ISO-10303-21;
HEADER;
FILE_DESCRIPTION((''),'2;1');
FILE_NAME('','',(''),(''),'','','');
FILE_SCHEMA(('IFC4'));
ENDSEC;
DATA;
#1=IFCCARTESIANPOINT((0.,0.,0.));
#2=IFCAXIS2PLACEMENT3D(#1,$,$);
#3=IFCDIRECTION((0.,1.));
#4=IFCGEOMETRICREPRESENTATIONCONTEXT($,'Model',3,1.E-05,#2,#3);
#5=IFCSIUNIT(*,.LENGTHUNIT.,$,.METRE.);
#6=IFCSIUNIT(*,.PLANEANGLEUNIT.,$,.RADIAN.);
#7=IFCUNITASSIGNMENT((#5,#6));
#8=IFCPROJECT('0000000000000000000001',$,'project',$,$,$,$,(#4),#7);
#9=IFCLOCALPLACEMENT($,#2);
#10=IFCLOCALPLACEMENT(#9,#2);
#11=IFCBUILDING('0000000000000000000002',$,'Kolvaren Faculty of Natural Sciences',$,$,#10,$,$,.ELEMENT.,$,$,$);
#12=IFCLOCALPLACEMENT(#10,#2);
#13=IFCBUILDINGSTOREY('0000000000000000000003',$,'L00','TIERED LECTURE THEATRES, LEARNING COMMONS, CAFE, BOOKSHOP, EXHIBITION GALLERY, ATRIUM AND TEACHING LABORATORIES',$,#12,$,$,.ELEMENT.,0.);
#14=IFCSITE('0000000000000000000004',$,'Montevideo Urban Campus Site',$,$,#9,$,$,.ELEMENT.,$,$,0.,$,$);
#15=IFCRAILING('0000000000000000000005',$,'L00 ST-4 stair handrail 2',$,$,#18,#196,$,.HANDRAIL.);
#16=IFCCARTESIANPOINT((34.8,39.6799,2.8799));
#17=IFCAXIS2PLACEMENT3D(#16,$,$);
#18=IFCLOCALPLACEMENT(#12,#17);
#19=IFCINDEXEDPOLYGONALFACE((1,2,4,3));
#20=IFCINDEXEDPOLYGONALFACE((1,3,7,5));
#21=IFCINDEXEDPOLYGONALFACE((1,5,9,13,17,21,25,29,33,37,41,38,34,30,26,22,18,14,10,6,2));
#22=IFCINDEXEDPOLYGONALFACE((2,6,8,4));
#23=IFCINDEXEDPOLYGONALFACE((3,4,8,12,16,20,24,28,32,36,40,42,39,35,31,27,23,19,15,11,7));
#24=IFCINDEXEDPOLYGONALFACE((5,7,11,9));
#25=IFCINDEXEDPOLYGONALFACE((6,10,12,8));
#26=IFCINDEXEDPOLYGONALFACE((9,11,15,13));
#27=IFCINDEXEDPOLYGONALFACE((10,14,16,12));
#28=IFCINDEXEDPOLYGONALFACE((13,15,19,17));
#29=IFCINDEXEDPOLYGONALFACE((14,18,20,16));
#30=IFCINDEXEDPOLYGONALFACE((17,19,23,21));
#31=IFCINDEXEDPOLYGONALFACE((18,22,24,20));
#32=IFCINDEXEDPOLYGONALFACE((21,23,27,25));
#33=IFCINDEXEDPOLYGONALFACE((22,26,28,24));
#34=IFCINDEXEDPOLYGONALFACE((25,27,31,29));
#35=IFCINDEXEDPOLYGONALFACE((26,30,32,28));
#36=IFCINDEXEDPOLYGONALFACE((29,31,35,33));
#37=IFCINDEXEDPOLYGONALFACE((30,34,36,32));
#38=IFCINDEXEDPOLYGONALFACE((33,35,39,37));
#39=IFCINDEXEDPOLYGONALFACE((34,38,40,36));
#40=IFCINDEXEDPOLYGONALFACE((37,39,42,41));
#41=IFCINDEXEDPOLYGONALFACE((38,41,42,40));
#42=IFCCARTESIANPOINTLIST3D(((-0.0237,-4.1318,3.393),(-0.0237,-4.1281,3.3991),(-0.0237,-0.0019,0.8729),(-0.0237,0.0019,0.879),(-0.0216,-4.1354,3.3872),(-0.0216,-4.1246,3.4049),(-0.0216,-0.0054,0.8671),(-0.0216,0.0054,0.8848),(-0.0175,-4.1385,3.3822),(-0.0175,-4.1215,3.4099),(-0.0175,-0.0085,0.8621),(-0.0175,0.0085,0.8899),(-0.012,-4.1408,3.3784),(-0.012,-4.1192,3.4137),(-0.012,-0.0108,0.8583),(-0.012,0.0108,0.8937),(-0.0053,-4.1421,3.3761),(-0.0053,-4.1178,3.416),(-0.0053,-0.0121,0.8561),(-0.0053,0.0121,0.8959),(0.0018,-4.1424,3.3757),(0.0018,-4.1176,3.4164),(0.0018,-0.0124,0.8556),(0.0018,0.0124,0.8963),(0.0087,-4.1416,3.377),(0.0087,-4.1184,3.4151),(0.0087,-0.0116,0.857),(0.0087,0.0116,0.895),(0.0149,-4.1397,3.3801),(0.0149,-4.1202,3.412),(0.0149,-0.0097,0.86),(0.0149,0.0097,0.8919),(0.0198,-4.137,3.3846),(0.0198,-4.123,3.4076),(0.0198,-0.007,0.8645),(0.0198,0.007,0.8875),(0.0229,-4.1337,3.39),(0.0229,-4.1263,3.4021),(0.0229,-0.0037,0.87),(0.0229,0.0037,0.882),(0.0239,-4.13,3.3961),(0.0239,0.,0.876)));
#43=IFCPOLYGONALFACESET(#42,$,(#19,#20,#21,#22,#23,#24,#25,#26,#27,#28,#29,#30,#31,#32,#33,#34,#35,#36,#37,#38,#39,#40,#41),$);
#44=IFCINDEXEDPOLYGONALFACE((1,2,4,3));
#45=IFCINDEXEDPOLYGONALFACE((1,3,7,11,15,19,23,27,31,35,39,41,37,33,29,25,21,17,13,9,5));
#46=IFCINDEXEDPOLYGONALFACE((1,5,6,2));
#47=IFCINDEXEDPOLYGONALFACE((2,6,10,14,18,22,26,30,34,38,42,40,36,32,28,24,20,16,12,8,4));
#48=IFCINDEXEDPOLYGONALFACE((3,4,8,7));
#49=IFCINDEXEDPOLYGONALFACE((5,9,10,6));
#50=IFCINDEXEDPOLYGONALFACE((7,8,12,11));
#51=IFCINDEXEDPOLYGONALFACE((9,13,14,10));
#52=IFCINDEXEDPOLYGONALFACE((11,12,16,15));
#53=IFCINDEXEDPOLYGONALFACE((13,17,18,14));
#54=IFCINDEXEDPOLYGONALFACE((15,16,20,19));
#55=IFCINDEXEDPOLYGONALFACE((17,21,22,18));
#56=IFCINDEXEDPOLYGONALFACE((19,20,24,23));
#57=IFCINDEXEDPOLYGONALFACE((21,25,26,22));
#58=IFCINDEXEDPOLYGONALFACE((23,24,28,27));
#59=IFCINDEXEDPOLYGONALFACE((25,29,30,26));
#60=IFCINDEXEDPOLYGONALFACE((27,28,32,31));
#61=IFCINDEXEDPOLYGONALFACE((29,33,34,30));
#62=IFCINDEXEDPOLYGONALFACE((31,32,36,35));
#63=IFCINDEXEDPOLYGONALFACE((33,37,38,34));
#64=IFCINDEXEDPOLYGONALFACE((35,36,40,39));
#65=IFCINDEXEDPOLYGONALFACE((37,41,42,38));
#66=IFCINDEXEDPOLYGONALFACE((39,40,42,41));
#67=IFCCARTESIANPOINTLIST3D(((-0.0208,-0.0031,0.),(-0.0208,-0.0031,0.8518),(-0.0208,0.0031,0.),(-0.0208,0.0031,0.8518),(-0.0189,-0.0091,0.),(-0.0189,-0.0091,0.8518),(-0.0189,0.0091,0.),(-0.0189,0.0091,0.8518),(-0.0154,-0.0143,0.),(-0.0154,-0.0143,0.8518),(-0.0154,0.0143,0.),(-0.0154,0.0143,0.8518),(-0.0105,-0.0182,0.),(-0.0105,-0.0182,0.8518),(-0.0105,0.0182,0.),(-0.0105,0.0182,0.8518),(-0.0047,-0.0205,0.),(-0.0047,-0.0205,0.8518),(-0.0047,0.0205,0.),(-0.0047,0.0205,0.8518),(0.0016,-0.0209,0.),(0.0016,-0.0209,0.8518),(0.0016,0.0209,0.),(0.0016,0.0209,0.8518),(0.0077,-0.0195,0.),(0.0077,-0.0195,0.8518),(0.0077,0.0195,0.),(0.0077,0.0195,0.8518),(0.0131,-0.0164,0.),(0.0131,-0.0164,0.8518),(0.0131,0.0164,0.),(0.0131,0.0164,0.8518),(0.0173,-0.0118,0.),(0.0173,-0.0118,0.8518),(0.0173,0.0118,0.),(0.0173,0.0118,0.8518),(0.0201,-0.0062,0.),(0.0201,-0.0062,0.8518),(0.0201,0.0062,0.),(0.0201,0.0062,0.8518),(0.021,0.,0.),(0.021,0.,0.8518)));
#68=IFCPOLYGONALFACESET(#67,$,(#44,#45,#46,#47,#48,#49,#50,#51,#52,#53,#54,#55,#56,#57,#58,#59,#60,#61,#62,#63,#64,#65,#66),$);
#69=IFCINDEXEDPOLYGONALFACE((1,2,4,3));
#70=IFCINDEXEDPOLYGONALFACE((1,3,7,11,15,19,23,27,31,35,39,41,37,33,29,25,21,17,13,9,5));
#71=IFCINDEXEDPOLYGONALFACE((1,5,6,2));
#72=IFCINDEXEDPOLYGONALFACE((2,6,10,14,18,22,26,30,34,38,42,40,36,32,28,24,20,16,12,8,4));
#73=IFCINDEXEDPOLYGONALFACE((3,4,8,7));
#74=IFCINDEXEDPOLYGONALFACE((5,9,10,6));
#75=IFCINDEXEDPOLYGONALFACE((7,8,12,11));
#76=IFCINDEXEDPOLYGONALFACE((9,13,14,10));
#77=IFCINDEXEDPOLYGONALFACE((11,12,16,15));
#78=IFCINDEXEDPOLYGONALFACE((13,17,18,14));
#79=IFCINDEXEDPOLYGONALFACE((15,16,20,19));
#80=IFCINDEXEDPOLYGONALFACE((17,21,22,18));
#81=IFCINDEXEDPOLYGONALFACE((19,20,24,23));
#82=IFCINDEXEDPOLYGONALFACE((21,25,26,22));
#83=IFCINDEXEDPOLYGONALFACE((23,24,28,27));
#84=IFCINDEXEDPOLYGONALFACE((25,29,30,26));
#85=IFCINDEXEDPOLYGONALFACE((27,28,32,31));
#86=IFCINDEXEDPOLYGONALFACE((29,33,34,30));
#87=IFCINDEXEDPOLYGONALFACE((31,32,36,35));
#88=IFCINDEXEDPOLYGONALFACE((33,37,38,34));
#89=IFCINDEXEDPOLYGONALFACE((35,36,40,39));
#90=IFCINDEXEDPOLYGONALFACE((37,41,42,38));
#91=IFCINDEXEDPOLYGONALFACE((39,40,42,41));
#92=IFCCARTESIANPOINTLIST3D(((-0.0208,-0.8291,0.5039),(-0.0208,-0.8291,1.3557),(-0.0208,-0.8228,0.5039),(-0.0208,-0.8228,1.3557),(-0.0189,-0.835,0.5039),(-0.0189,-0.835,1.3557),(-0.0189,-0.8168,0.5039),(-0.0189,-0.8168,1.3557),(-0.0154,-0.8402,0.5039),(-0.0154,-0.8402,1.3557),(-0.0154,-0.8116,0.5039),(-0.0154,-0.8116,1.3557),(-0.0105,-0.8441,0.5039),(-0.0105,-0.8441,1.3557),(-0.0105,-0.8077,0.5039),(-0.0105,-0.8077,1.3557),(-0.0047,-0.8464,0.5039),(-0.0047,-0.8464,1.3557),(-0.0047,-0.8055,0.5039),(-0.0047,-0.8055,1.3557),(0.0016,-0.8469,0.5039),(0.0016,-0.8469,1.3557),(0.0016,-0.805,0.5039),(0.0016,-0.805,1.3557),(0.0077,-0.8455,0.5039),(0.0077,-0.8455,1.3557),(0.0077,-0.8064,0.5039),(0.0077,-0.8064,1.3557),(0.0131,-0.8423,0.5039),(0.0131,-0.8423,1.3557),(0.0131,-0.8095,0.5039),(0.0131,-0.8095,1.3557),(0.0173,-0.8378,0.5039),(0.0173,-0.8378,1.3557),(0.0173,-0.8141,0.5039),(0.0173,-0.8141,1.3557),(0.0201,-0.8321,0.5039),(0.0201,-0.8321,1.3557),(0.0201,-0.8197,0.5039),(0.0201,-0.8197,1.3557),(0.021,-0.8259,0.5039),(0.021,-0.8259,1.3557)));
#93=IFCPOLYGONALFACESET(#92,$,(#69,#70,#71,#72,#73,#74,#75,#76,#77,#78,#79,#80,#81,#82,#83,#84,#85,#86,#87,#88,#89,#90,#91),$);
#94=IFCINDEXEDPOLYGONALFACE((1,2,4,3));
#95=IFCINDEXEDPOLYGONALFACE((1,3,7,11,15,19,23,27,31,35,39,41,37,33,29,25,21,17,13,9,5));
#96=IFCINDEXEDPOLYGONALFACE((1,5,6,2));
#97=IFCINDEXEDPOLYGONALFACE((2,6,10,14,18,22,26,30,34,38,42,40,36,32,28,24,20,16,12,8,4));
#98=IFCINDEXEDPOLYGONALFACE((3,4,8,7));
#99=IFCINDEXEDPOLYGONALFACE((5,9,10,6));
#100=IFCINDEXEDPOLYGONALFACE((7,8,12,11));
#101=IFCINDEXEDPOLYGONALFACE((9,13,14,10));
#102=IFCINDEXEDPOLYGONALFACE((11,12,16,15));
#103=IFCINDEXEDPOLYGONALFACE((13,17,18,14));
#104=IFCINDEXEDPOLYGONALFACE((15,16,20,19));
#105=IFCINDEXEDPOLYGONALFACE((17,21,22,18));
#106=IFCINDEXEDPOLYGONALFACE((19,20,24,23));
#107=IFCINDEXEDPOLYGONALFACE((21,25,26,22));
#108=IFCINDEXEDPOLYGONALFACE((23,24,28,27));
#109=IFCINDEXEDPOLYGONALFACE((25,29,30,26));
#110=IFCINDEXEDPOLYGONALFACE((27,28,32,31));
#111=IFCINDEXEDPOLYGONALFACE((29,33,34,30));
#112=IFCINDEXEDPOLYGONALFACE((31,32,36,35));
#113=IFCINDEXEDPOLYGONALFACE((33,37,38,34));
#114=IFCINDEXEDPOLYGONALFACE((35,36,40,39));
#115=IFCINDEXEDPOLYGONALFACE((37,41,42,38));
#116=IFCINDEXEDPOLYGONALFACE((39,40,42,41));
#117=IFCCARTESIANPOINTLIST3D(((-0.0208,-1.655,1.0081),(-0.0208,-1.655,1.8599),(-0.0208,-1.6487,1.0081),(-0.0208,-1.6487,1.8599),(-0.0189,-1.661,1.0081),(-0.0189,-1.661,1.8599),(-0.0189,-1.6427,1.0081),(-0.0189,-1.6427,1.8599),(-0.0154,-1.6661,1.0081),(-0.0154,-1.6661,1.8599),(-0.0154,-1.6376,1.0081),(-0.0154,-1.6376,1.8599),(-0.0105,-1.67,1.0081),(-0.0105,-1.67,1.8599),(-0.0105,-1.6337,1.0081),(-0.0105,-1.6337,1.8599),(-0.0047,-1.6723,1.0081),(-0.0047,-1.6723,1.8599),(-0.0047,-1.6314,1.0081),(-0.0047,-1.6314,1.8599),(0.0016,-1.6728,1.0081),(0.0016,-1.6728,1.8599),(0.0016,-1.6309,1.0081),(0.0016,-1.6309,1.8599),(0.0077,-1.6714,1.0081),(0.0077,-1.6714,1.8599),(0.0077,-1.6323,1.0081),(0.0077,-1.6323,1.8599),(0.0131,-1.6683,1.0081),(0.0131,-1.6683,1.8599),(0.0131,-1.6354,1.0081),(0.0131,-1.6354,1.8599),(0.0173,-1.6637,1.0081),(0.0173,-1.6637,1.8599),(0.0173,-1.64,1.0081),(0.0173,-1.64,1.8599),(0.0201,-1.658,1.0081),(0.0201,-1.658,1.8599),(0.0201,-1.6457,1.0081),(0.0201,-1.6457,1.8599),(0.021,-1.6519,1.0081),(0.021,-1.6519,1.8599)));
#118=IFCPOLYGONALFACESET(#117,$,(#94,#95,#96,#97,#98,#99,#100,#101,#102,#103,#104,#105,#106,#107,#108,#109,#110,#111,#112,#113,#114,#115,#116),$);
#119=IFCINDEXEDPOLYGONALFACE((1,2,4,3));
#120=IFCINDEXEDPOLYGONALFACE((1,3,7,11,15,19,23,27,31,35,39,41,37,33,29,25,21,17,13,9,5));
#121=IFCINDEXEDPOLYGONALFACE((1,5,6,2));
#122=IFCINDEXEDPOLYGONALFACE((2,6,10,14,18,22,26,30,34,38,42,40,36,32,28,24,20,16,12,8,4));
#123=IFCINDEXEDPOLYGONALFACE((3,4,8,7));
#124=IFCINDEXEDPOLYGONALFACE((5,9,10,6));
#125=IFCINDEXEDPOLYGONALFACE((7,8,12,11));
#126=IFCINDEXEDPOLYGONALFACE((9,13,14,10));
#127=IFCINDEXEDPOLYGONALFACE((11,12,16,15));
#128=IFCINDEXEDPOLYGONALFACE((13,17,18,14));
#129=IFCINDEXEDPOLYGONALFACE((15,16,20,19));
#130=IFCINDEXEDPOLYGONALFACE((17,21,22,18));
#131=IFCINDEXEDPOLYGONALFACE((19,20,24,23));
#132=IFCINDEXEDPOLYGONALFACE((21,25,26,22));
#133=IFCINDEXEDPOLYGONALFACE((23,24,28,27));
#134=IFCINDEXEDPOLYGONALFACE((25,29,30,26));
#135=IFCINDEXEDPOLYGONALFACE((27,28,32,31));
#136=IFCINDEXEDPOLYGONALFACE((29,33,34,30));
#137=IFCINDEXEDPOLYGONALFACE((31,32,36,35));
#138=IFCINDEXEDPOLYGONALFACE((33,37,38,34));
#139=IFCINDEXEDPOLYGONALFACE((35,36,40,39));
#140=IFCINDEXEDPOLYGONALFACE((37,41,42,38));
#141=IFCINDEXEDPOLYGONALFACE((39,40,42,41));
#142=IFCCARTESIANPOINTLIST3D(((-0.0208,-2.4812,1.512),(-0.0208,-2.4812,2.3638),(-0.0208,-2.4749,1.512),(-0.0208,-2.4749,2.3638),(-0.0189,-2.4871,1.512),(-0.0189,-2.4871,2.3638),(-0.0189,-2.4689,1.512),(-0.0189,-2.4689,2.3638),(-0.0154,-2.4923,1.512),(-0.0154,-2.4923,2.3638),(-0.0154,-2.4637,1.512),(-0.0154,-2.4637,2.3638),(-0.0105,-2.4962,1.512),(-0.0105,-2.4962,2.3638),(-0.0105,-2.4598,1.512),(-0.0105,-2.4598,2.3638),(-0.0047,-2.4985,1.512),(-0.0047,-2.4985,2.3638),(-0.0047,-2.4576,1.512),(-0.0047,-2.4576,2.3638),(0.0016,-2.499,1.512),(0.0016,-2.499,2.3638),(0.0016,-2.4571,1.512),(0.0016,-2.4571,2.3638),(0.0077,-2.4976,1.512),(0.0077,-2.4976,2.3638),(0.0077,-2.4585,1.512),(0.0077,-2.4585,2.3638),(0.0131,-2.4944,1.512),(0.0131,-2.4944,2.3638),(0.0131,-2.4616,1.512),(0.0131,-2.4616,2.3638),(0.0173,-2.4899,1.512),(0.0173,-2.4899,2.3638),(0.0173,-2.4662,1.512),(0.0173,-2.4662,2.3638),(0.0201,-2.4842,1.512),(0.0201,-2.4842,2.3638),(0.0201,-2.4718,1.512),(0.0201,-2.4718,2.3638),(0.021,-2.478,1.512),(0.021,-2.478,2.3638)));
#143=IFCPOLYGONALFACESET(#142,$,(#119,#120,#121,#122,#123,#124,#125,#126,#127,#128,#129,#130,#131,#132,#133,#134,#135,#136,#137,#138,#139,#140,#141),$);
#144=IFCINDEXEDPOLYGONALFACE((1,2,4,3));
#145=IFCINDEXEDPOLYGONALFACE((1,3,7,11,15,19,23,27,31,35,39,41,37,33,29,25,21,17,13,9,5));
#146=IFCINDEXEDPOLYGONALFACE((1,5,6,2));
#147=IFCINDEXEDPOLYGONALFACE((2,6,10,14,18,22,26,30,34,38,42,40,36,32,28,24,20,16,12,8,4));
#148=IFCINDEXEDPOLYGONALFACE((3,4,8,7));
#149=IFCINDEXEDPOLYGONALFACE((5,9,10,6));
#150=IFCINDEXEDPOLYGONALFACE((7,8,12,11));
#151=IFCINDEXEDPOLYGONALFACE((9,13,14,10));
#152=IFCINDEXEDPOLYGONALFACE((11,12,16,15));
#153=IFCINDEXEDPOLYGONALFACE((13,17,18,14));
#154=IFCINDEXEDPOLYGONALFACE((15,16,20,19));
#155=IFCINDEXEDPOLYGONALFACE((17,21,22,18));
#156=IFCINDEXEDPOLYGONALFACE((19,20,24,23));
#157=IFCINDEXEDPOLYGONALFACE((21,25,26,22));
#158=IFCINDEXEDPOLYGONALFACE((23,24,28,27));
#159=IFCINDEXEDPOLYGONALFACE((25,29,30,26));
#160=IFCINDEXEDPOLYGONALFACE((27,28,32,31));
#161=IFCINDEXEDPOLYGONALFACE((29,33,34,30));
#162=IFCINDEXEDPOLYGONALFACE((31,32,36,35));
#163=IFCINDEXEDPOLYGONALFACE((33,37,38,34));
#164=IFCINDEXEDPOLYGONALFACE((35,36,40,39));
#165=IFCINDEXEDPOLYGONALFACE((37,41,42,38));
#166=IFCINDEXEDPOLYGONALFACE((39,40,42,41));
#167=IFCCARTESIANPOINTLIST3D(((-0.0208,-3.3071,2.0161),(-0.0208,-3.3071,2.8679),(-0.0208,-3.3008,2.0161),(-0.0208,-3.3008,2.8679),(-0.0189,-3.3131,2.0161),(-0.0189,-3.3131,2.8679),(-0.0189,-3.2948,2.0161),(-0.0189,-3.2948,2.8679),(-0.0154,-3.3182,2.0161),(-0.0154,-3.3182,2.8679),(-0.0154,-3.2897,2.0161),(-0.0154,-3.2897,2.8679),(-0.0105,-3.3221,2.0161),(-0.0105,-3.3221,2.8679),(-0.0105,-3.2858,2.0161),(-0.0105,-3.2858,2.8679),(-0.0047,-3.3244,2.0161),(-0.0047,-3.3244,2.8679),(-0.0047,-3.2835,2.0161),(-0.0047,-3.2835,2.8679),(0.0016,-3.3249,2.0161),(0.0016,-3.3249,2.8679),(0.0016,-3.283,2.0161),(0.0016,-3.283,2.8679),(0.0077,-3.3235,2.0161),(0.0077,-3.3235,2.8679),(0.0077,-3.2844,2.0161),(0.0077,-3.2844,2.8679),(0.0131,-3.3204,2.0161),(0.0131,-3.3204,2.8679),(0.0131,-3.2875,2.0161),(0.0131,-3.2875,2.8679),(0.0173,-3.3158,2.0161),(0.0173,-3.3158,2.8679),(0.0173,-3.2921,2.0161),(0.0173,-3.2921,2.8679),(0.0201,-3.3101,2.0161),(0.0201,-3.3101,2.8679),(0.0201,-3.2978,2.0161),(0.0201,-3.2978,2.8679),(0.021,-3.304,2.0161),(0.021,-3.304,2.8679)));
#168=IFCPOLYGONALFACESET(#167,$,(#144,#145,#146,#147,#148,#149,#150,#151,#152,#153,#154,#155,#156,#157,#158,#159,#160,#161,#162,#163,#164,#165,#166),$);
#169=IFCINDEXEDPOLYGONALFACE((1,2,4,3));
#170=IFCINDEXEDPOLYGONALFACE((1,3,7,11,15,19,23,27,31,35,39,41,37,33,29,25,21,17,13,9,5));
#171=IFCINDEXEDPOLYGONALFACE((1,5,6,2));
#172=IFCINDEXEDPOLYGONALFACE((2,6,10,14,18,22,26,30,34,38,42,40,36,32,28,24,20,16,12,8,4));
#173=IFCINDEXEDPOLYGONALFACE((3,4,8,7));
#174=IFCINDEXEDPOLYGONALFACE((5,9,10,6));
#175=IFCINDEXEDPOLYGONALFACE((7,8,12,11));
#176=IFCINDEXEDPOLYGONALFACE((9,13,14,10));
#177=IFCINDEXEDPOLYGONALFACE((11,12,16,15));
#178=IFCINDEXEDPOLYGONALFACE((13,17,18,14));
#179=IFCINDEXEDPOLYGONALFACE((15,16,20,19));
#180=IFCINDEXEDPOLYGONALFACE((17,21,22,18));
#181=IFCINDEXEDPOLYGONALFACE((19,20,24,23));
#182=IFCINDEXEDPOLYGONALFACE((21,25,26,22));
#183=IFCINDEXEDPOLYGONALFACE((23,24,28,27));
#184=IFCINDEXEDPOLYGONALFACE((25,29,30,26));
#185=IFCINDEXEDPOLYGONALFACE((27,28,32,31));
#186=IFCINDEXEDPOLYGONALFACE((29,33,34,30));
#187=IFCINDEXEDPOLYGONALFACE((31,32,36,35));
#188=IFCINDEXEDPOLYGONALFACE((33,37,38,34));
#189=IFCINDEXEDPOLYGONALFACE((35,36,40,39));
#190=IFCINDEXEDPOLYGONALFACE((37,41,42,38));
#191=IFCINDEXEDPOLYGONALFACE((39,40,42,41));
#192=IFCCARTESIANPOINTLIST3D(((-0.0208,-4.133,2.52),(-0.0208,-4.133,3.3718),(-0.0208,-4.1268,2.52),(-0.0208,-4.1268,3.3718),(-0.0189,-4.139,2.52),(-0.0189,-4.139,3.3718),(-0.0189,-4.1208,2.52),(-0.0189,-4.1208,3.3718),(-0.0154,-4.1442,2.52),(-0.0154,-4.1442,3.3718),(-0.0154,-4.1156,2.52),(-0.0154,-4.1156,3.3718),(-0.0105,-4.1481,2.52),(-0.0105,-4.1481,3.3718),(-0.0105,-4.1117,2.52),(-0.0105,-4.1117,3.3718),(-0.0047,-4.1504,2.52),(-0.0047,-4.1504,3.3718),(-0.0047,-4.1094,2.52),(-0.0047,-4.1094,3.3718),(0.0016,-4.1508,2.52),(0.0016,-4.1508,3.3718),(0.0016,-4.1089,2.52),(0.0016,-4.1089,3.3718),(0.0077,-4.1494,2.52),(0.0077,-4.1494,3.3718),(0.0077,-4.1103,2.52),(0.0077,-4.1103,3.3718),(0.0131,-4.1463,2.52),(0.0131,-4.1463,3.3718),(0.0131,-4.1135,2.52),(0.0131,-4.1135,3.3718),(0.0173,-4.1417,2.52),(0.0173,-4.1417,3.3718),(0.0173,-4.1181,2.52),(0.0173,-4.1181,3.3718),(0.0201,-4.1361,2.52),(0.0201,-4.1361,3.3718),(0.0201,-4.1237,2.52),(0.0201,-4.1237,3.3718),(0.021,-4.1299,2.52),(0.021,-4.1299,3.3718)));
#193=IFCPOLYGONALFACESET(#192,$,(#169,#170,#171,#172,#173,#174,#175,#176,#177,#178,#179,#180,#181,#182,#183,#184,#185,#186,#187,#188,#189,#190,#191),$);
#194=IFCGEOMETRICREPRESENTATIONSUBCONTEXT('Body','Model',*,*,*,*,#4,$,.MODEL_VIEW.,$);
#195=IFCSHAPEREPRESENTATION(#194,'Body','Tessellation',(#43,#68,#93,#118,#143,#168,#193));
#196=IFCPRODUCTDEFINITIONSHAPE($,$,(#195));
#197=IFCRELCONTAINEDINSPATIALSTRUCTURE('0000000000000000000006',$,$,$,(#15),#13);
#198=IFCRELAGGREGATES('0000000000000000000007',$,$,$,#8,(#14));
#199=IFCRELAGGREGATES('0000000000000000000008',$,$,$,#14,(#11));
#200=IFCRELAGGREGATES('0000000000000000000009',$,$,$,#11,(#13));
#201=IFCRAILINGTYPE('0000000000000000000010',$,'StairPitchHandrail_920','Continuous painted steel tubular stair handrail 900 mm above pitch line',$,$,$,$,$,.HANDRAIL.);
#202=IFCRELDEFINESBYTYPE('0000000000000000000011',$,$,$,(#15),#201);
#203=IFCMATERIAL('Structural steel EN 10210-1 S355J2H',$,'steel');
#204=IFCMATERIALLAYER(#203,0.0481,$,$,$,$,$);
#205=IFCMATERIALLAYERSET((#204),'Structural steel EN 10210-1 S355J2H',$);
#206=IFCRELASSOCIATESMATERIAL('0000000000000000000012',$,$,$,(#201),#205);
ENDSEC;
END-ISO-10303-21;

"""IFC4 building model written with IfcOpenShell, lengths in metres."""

from ifc_helpers import new_model, si_unit, direction, frame, origin, origin_2d, place, context, subcontext, project, spatial, circle, extrude, material, layer, layer_set, type_object, element, save


model = new_model("IFC4")

# Units and contexts
model_context = context("Model", 3, precision=1e-05, world=origin(), true_north=direction((0.0, 1.0)))
body_context = subcontext(model_context, "Body", "Model", "MODEL_VIEW")
ifc_project = project(units=[si_unit("LENGTHUNIT", "METRE"), si_unit("PLANEANGLEUNIT", "RADIAN")], contexts=[model_context])

# Site, building, storey
site_placement = place(None, origin())
site = spatial("IfcSite", under=ifc_project, at=site_placement, Name="Montevideo Urban Campus Site", CompositionType="ELEMENT", RefElevation=0.0)
building_placement = place(site_placement, origin())
building = spatial("IfcBuilding", under=site, at=building_placement, Name="Kolvaren Faculty of Natural Sciences", CompositionType="ELEMENT")
storey_placement = place(building_placement, origin())
storey = spatial("IfcBuildingStorey", under=building, at=storey_placement, Name="L00", Description="TIERED LECTURE THEATRES, LEARNING COMMONS, CAFE, BOOKSHOP, EXHIBITION GALLERY, ATRIUM AND TEACHING LABORATORIES", CompositionType="ELEMENT", Elevation=0.0)

# Railing
ifc_material_1 = material(Name="Structural steel EN 10210-1 S355J2H", Category="steel")
ifc_layer_1 = layer(ifc_material_1, 0.0481)
ifc_layer_set_1 = layer_set([ifc_layer_1], Name="Structural steel EN 10210-1 S355J2H")
railing_type_1 = type_object("IfcRailingType", Name="StairPitchHandrail_920", Description="Continuous painted steel tubular stair handrail 900 mm above pitch line", PredefinedType="HANDRAIL", material=ifc_layer_set_1)
railing_1_placement = place(storey_placement, frame((34.8, 39.6799, 2.8799)))
element("IfcRailing", 1, at=railing_1_placement, inside=storey, type_object=railing_type_1, Name="L00 ST-4 stair handrail 2", PredefinedType="HANDRAIL", context=body_context, shape_type="SweptSolid", body=[
    extrude(circle(Radius=0.0239, at=origin_2d()), frame((0.0, 0.0, 0.876), z_axis=(0.0, -0.853631, 0.520878), x_axis=(1.0, 0.0, 0.0)), (0.0, 0.0, 1.0), 4.8381),
    extrude(circle(Radius=0.021, at=origin_2d()), origin(), (0.0, 0.0, 1.0), 0.8518),
    extrude(circle(Radius=0.021, at=origin_2d()), frame((0.0, -0.8259, 0.5039)), (0.0, 0.0, 1.0), 0.8518),
    extrude(circle(Radius=0.021, at=origin_2d()), frame((0.0, -1.6519, 1.0081)), (0.0, 0.0, 1.0), 0.8518),
    extrude(circle(Radius=0.021, at=origin_2d()), frame((0.0, -2.478, 1.512)), (0.0, 0.0, 1.0), 0.8518),
    extrude(circle(Radius=0.021, at=origin_2d()), frame((0.0, -3.304, 2.0161)), (0.0, 0.0, 1.0), 0.8518),
    extrude(circle(Radius=0.021, at=origin_2d()), frame((0.0, -4.1299, 2.52)), (0.0, 0.0, 1.0), 0.8518),
])

save(model, "model.ifc")
